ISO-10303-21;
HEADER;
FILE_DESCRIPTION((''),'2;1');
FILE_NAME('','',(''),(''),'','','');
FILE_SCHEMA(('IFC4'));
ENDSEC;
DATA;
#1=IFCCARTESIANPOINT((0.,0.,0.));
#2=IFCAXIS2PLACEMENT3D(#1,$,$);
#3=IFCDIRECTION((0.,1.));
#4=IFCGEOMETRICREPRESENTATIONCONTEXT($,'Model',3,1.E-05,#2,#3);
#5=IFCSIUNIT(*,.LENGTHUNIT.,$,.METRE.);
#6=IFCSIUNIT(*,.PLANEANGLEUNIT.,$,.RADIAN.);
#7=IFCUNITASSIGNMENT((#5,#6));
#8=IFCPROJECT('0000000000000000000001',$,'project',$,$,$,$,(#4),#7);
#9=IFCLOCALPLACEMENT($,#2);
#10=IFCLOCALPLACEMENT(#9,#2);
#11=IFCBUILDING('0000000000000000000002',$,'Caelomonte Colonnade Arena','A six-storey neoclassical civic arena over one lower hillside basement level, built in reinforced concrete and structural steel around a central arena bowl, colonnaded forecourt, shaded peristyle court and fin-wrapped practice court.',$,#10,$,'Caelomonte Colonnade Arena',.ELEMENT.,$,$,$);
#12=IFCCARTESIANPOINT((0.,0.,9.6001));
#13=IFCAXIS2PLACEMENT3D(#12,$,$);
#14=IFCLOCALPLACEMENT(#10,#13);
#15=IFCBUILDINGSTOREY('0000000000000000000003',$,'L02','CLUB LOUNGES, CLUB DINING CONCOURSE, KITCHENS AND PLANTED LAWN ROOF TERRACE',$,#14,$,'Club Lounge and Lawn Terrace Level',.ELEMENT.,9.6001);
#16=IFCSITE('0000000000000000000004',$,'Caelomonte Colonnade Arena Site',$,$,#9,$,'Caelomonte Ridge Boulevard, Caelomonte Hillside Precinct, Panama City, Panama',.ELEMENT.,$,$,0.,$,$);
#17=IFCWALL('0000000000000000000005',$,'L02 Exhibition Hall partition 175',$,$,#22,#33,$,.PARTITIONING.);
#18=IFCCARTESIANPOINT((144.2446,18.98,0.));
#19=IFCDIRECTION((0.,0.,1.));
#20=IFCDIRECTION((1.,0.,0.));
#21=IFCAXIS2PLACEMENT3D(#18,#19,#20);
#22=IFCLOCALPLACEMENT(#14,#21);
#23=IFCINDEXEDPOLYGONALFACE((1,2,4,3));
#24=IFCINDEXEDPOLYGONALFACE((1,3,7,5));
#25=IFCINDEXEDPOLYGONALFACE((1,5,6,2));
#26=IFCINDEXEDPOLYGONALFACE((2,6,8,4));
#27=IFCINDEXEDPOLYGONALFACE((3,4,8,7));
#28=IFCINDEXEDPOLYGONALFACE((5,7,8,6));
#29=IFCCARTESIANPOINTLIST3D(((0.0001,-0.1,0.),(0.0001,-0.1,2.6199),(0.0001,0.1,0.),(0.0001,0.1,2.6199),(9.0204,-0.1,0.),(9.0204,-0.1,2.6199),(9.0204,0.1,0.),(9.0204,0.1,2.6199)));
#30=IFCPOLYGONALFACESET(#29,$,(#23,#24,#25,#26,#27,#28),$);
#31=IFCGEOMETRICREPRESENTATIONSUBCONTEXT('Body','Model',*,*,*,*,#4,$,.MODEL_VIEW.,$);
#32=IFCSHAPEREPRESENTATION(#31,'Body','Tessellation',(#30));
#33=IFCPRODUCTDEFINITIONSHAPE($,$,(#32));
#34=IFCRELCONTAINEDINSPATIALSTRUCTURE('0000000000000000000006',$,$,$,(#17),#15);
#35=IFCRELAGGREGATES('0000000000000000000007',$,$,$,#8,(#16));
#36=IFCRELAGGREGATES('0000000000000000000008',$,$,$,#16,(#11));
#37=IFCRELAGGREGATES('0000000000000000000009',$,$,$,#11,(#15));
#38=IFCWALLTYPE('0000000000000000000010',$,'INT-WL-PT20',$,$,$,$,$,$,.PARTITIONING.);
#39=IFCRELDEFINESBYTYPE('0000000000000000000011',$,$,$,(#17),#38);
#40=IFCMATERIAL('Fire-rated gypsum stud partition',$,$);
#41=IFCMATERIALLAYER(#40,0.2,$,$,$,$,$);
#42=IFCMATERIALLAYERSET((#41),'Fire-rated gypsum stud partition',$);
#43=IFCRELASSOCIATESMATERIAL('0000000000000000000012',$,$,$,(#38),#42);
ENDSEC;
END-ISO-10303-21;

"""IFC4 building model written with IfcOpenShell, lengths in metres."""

from ifc_helpers import new_model, si_unit, direction, frame, frame_2d, origin, place, context, subcontext, project, spatial, rectangle, extrude, material, layer, layer_set, type_object, element, save


model = new_model("IFC4")

# Units and contexts
model_context = context("Model", 3, precision=1e-05, world=origin(), true_north=direction((0.0, 1.0)))
body_context = subcontext(model_context, "Body", "Model", "MODEL_VIEW")
ifc_project = project(units=[si_unit("LENGTHUNIT", "METRE"), si_unit("PLANEANGLEUNIT", "RADIAN")], contexts=[model_context])

# Site, building, storey
site_placement = place(None, origin())
site = spatial("IfcSite", under=ifc_project, at=site_placement, Name="Caelomonte Colonnade Arena Site", LongName="Caelomonte Ridge Boulevard, Caelomonte Hillside Precinct, Panama City, Panama", CompositionType="ELEMENT", RefElevation=0.0)
building_placement = place(site_placement, origin())
building = spatial("IfcBuilding", under=site, at=building_placement, Name="Caelomonte Colonnade Arena", Description="A six-storey neoclassical civic arena over one lower hillside basement level, built in reinforced concrete and structural steel around a central arena bowl, colonnaded forecourt, shaded peristyle court and fin-wrapped practice court.", LongName="Caelomonte Colonnade Arena", CompositionType="ELEMENT")
storey_placement = place(building_placement, frame((0.0, 0.0, 9.6001)))
storey = spatial("IfcBuildingStorey", under=building, at=storey_placement, Name="L02", Description="CLUB LOUNGES, CLUB DINING CONCOURSE, KITCHENS AND PLANTED LAWN ROOF TERRACE", LongName="Club Lounge and Lawn Terrace Level", CompositionType="ELEMENT", Elevation=9.6001)

# Wall
ifc_material_1 = material(Name="Fire-rated gypsum stud partition")
ifc_layer_1 = layer(ifc_material_1, 0.2)
ifc_layer_set_1 = layer_set([ifc_layer_1], Name="Fire-rated gypsum stud partition")
wall_type_1 = type_object("IfcWallType", Name="INT-WL-PT20", PredefinedType="PARTITIONING", material=ifc_layer_set_1)
wall_1_placement = place(storey_placement, frame((144.2446, 18.98, 0.0), z_axis=(0.0, 0.0, 1.0), x_axis=(1.0, 0.0, 0.0)))
element("IfcWall", 1, at=wall_1_placement, inside=storey, type_object=wall_type_1, Name="L02 Exhibition Hall partition 175", PredefinedType="PARTITIONING", context=body_context, shape_type="SweptSolid", body=[
    extrude(rectangle(XDim=9.0203, YDim=0.2, at=frame_2d((4.5103, 0.0))), origin(), (0.0, 0.0, 1.0), 2.6199),
])

save(model, "model.ifc")
